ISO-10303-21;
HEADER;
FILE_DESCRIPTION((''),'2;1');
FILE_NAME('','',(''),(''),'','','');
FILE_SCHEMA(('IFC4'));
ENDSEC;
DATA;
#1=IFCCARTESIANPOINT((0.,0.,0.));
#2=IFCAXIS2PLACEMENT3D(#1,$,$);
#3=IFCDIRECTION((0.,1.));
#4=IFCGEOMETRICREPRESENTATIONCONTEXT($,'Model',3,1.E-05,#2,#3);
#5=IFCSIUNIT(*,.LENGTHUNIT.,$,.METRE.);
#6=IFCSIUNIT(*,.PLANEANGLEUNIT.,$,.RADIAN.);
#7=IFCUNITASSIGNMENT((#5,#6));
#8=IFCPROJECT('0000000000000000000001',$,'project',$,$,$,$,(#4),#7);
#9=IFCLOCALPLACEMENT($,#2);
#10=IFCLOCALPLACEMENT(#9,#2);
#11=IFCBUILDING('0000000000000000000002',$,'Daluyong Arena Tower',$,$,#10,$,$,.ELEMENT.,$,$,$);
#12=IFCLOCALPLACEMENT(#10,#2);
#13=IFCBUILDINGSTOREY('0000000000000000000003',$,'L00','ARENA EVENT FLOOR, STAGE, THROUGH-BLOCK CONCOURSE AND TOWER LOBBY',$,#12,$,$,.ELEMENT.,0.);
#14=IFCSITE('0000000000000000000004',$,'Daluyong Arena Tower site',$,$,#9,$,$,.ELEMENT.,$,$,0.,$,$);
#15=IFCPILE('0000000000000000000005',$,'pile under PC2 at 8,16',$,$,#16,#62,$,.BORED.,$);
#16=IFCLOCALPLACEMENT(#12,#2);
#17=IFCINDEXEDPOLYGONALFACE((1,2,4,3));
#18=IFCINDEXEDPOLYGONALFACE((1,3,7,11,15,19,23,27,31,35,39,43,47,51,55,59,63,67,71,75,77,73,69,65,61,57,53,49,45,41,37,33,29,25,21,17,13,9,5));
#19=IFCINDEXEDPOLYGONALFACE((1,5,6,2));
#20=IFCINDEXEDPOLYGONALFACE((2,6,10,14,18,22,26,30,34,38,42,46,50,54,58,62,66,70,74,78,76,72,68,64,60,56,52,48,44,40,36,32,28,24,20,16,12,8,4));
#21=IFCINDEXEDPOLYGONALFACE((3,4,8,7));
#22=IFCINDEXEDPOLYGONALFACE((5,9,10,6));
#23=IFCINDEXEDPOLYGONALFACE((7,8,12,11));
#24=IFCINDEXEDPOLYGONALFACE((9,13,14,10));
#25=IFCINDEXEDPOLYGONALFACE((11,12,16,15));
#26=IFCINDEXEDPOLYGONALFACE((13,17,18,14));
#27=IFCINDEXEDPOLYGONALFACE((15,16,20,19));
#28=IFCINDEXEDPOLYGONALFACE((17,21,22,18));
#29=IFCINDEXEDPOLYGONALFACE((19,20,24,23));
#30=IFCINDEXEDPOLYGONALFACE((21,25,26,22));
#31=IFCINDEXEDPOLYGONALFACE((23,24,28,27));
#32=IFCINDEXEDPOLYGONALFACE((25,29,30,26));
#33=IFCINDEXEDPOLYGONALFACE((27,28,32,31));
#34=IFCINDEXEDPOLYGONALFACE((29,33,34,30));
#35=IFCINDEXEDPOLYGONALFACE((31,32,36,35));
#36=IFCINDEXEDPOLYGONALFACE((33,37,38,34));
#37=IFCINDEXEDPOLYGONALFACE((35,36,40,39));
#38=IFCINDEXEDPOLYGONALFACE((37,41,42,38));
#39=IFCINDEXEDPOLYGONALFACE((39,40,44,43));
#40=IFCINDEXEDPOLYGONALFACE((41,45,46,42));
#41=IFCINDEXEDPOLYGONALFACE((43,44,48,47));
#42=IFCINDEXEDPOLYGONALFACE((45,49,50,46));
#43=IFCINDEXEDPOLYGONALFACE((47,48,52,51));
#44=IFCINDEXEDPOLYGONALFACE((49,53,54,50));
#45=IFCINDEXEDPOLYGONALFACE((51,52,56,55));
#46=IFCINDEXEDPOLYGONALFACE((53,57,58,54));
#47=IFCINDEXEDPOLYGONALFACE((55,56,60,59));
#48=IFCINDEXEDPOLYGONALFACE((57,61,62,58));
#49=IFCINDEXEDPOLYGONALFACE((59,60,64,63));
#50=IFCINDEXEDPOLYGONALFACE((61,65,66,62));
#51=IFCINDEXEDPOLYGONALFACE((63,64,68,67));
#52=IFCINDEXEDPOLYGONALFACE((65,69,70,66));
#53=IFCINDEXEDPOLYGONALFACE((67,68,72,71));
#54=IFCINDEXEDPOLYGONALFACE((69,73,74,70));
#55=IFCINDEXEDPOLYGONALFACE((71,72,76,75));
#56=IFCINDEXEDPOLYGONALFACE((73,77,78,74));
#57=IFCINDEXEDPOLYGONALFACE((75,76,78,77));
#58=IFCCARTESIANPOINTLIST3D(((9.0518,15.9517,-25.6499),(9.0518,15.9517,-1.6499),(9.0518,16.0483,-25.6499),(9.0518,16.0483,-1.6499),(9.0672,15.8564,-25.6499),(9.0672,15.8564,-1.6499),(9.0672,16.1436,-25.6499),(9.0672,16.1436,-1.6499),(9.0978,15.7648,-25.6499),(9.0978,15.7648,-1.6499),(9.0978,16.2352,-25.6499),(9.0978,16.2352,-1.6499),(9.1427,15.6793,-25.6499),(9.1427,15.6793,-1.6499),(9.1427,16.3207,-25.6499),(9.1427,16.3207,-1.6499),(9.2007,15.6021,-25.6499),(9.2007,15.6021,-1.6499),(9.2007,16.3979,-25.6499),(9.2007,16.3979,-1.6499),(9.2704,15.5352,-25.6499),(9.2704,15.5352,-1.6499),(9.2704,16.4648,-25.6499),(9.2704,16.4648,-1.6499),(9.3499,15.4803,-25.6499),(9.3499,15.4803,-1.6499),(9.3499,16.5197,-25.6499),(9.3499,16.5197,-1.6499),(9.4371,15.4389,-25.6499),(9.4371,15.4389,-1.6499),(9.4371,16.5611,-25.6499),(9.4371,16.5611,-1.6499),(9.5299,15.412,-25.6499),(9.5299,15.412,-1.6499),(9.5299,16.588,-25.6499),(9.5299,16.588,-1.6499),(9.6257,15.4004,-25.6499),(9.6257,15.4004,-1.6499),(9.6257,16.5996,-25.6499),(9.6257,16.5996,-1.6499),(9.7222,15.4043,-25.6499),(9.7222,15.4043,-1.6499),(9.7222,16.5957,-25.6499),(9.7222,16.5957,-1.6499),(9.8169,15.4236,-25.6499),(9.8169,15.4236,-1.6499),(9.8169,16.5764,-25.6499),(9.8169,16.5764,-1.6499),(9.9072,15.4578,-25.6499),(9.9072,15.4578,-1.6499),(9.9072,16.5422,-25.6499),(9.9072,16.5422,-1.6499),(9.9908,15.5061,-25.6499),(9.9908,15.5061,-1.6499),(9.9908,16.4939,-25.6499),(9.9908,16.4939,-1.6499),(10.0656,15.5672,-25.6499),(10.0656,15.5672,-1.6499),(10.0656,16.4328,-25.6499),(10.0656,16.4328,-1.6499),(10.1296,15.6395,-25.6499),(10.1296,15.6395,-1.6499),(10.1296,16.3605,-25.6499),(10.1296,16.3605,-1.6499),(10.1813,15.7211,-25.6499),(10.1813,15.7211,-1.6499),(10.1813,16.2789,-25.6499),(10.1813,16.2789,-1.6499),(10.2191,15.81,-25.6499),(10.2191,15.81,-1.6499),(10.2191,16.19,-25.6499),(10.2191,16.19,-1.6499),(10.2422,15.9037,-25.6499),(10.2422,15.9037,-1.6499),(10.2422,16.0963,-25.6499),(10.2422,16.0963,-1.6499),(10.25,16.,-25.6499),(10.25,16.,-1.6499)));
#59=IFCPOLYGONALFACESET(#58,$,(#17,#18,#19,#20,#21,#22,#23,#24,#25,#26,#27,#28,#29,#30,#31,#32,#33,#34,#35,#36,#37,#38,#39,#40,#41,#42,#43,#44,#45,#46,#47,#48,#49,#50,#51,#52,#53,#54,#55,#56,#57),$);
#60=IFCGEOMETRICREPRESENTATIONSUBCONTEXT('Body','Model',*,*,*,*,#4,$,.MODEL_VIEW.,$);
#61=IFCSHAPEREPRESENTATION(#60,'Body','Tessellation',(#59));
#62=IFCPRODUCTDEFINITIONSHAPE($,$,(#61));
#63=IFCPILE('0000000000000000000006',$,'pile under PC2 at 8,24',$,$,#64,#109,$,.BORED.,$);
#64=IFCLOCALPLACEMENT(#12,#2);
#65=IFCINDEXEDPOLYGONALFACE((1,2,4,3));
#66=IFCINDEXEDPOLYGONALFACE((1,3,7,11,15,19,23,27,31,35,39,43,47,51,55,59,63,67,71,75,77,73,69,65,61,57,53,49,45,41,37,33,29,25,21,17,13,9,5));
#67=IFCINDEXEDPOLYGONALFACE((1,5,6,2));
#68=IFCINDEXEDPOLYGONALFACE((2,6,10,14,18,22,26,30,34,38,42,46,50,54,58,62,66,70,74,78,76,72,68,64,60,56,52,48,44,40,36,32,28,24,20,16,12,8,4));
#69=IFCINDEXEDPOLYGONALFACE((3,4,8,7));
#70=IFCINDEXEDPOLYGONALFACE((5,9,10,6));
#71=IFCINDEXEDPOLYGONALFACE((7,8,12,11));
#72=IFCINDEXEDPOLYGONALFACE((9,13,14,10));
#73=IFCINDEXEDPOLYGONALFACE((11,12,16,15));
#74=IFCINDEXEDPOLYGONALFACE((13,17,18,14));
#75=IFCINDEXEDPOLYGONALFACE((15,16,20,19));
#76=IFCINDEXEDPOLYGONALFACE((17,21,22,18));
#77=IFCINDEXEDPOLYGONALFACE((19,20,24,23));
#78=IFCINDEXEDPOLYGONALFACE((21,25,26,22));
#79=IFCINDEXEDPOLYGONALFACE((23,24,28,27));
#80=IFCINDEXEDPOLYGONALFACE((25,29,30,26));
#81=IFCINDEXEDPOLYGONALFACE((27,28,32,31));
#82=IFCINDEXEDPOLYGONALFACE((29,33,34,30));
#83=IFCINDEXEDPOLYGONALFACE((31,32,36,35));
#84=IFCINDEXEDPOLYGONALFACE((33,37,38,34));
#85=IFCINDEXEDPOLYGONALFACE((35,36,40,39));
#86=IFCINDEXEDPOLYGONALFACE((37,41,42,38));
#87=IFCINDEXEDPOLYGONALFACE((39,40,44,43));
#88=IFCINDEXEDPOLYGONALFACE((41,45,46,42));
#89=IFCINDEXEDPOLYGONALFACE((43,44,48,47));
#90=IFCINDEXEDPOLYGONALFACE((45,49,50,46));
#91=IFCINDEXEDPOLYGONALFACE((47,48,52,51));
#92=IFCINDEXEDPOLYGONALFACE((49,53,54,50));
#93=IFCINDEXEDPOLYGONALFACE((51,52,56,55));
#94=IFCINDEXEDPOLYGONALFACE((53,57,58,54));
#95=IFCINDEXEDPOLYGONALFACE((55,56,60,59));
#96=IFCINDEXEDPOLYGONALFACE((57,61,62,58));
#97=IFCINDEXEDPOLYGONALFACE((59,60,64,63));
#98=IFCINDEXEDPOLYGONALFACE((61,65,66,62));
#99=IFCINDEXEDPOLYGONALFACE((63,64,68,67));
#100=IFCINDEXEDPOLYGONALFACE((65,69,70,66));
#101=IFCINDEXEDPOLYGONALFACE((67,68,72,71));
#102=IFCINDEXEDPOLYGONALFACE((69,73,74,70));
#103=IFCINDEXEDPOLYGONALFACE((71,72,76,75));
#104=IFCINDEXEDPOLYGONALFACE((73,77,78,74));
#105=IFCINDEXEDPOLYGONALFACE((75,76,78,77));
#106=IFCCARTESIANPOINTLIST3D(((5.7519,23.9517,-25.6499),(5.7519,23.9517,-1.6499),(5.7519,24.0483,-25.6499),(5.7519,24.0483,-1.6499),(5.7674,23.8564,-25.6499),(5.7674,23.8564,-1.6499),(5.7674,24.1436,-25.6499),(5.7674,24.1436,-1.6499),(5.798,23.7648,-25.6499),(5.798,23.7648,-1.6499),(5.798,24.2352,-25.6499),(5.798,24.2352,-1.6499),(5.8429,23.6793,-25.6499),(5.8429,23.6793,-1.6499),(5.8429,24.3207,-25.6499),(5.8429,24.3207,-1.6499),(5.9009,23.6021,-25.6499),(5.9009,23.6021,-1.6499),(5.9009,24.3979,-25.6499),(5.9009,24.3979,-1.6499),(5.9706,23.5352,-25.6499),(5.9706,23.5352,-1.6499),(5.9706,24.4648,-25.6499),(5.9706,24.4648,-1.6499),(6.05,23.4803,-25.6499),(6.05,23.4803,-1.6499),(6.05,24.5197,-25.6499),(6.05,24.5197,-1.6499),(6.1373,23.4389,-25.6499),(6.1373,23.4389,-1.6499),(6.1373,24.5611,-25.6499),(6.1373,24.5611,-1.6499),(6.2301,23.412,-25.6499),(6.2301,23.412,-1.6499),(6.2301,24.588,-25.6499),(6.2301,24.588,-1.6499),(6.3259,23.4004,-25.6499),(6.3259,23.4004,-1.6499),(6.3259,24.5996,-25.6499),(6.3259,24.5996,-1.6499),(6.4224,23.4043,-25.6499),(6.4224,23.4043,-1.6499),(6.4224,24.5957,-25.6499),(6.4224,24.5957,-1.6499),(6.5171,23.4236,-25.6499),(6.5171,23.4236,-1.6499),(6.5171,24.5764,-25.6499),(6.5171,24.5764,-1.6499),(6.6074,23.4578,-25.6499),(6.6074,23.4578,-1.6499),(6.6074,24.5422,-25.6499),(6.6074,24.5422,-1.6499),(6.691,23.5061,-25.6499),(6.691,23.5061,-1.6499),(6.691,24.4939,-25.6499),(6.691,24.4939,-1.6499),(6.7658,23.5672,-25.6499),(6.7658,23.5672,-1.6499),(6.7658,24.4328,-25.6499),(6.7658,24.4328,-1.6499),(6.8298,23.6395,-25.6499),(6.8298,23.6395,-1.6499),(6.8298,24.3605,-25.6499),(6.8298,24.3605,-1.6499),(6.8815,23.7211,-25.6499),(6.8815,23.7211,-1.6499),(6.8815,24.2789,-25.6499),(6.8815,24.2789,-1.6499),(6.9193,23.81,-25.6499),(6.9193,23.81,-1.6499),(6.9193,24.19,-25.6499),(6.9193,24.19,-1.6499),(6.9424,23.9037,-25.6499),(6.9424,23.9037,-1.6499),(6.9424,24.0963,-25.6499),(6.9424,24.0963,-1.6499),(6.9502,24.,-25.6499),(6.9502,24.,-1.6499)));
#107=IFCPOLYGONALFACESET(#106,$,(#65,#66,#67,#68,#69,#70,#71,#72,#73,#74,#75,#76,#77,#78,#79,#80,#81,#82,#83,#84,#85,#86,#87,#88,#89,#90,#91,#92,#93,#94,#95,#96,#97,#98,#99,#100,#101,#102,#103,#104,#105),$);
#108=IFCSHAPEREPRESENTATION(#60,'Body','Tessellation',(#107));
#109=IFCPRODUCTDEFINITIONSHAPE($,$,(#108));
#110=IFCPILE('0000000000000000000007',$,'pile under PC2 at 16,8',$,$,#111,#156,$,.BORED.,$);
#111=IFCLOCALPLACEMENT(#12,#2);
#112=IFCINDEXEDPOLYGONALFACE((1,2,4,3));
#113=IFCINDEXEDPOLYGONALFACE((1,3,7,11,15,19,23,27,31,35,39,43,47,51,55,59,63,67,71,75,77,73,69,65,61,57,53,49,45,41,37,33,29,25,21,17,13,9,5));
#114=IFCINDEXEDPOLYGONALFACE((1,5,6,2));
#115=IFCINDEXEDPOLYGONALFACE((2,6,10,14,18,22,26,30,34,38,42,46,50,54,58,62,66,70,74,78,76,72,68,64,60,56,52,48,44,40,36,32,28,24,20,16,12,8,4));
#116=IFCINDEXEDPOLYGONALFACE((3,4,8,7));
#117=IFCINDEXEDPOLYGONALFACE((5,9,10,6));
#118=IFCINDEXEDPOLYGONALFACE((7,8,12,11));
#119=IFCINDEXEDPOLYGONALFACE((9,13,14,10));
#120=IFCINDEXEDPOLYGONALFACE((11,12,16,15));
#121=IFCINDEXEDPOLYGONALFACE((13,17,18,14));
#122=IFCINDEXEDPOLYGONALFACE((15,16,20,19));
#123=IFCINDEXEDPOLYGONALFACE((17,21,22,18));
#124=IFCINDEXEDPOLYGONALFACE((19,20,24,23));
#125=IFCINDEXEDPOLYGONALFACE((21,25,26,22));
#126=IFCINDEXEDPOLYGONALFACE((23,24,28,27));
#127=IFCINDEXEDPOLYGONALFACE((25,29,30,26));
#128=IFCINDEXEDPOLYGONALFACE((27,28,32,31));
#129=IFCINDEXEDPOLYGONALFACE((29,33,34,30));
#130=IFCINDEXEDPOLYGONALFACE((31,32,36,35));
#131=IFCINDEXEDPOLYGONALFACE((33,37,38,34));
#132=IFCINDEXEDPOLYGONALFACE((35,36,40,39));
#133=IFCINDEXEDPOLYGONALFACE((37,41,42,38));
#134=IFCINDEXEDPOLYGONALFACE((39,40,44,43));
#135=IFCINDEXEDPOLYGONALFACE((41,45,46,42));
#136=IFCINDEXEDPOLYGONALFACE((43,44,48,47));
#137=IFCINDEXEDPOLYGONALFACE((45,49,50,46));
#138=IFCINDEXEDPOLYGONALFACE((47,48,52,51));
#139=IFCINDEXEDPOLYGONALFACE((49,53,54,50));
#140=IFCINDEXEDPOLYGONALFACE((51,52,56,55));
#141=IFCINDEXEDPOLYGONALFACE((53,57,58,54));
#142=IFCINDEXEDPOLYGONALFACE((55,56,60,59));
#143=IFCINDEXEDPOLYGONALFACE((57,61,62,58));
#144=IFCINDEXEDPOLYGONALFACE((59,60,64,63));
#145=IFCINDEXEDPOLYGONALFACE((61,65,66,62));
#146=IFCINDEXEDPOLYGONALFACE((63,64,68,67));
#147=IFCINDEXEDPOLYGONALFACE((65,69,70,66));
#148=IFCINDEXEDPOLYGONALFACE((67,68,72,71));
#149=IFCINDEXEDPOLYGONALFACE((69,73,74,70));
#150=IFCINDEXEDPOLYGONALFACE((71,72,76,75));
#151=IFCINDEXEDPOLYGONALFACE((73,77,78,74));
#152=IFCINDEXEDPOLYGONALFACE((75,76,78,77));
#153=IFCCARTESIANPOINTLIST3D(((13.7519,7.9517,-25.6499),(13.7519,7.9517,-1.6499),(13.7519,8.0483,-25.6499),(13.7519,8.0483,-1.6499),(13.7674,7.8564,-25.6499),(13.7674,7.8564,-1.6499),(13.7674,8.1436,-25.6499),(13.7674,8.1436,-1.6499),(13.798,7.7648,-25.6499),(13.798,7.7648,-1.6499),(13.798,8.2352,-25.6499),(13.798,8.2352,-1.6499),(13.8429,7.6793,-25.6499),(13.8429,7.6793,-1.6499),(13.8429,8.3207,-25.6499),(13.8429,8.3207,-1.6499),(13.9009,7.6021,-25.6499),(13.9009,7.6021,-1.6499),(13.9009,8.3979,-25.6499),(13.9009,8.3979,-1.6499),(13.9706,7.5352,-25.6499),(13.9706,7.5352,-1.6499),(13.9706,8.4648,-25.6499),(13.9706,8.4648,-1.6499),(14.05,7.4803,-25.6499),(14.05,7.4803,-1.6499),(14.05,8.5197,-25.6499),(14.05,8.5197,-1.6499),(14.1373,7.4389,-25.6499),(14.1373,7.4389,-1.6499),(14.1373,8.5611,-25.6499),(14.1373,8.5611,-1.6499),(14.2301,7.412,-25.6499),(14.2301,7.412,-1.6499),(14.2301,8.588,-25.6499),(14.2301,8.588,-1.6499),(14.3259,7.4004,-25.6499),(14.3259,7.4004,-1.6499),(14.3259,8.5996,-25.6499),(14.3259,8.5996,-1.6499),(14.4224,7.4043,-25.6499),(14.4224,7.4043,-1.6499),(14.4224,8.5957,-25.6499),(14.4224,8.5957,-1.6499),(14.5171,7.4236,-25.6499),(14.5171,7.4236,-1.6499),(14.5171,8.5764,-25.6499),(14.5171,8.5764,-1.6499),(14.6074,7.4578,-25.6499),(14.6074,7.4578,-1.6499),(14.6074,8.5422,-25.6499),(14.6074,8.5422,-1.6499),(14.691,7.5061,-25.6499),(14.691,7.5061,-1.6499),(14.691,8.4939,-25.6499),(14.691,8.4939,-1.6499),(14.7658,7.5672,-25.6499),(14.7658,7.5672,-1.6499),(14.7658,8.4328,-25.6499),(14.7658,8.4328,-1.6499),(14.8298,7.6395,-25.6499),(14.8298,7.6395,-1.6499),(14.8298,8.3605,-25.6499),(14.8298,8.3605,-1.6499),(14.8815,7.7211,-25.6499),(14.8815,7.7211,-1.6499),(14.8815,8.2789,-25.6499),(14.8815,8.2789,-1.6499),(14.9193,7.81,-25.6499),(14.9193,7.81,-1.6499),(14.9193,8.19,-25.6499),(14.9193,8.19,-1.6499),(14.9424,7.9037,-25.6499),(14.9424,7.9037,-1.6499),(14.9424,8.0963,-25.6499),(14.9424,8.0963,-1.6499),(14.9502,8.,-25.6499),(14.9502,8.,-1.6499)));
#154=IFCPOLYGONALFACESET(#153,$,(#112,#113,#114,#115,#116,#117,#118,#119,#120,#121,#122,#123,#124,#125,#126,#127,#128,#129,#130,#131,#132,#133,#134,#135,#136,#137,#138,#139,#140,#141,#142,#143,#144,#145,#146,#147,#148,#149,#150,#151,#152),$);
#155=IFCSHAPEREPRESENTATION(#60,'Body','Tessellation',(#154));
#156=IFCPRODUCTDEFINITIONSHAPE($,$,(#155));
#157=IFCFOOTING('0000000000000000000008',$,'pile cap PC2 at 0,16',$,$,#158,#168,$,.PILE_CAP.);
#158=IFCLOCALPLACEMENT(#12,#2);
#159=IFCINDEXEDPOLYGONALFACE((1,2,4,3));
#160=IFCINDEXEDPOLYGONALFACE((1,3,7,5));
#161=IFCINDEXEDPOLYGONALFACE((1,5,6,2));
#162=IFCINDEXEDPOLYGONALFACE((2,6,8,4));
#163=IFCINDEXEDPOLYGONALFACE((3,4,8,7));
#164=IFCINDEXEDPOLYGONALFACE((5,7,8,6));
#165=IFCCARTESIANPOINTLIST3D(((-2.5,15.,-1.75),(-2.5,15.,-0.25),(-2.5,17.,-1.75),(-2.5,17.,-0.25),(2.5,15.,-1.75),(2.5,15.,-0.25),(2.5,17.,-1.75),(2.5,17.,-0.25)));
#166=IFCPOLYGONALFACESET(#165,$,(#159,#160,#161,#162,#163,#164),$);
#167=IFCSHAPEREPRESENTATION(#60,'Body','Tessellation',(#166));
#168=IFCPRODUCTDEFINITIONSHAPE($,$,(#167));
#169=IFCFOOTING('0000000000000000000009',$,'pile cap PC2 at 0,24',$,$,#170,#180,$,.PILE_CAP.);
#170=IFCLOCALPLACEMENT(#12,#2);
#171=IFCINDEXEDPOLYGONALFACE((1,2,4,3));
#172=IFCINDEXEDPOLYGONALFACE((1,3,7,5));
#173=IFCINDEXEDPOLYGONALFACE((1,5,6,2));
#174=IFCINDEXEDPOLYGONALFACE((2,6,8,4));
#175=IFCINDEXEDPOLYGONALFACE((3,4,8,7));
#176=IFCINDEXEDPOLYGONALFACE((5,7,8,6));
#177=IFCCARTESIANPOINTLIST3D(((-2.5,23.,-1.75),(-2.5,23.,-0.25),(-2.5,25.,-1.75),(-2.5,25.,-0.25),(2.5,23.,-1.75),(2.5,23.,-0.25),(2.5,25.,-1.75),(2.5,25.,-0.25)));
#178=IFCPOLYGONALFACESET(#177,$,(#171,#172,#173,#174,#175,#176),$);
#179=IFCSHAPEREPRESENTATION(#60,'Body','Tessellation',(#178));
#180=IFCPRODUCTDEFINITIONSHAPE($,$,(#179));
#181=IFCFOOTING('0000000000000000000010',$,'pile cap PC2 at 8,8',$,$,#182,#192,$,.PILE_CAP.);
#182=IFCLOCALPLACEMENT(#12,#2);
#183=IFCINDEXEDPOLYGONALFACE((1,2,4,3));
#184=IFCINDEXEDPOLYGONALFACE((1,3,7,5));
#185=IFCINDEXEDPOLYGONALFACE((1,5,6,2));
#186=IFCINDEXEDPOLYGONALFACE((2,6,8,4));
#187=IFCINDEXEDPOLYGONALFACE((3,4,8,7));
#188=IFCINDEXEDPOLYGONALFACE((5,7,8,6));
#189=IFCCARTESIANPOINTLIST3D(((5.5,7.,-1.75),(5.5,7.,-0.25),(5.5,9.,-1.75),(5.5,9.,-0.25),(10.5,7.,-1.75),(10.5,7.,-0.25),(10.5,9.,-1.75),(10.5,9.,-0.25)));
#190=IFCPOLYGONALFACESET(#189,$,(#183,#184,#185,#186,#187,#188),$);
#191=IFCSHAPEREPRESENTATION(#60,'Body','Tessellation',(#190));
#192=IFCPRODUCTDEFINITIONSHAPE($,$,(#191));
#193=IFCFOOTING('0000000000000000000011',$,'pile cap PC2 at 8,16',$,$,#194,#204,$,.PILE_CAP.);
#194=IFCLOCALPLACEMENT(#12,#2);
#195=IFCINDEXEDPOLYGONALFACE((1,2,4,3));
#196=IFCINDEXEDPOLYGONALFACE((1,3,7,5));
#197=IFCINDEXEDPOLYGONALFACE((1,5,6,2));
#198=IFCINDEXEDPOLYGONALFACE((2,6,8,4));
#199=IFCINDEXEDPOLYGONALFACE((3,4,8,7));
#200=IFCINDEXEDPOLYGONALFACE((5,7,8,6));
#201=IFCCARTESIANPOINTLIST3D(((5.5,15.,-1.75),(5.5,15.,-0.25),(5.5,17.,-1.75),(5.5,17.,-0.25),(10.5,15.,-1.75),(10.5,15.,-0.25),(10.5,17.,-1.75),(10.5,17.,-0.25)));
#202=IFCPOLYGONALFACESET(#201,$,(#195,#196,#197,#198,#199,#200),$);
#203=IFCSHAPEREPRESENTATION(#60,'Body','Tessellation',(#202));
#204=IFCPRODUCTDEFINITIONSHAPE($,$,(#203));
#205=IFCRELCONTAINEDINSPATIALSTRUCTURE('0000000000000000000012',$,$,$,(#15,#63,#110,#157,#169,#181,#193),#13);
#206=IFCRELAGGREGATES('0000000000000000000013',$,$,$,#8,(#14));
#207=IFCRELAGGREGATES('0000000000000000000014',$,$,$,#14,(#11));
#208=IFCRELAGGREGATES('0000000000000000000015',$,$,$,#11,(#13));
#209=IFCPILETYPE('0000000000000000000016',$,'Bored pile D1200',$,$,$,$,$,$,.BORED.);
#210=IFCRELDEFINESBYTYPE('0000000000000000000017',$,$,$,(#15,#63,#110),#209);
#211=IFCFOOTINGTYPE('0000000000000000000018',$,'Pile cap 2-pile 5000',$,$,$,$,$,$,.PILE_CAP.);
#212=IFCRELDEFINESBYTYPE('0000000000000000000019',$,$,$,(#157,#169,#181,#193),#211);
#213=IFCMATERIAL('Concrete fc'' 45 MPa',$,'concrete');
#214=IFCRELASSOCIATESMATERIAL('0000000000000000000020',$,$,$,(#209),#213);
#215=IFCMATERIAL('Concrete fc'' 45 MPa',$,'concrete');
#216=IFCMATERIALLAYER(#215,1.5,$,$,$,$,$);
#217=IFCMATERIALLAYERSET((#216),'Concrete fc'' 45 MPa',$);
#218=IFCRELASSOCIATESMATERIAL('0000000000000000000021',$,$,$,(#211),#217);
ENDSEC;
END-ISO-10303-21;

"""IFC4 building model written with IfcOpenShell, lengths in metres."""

from ifc_helpers import new_model, si_unit, direction, frame, origin, origin_2d, place, context, subcontext, project, spatial, rectangle, circle, extrude, material, layer, layer_set, type_object, element, save


model = new_model("IFC4")

# Units and contexts
model_context = context("Model", 3, precision=1e-05, world=origin(), true_north=direction((0.0, 1.0)))
body_context = subcontext(model_context, "Body", "Model", "MODEL_VIEW")
ifc_project = project(units=[si_unit("LENGTHUNIT", "METRE"), si_unit("PLANEANGLEUNIT", "RADIAN")], contexts=[model_context])

# Site, building, storey
site_placement = place(None, origin())
site = spatial("IfcSite", under=ifc_project, at=site_placement, Name="Daluyong Arena Tower site", CompositionType="ELEMENT", RefElevation=0.0)
building_placement = place(site_placement, origin())
building = spatial("IfcBuilding", under=site, at=building_placement, Name="Daluyong Arena Tower", CompositionType="ELEMENT")
storey_placement = place(building_placement, origin())
storey = spatial("IfcBuildingStorey", under=building, at=storey_placement, Name="L00", Description="ARENA EVENT FLOOR, STAGE, THROUGH-BLOCK CONCOURSE AND TOWER LOBBY", CompositionType="ELEMENT", Elevation=0.0)

# Piles
ifc_material_1 = material(Name="Concrete fc' 45 MPa", Category="concrete")
pile_type = type_object("IfcPileType", Name="Bored pile D1200", PredefinedType="BORED", material=ifc_material_1)
for number, where, z_axis, x_axis, name in (
    (1, (9.6499, 16.0, -1.6499), (0.0, 0.0, -1.0), (1.0, 0.0, 0.0), "pile under PC2 at 8,16"),
    (2, (6.3501, 24.0, -1.6499), (0.0, 0.0, -1.0), (1.0, 0.0, 0.0), "pile under PC2 at 8,24"),
    (3, (14.3501, 8.0, -1.6499), (0.0, 0.0, -1.0), (1.0, 0.0, 0.0), "pile under PC2 at 16,8"),
):
    element("IfcPile", number, at=place(storey_placement, frame(where, z_axis=z_axis, x_axis=x_axis)), inside=storey, type_object=pile_type, Name=name, PredefinedType="BORED", context=body_context, shape_type="SweptSolid", body=[
        extrude(circle(Radius=0.6001, at=origin_2d()), origin(), (0.0, 0.0, 1.0), 24.0),
    ])

# Footings
ifc_material_2 = material(Name="Concrete fc' 45 MPa", Category="concrete")
ifc_layer_1 = layer(ifc_material_2, 1.5)
ifc_layer_set_1 = layer_set([ifc_layer_1], Name="Concrete fc' 45 MPa")
footing_type = type_object("IfcFootingType", Name="Pile cap 2-pile 5000", PredefinedType="PILE_CAP", material=ifc_layer_set_1)
for number, where, z_axis, x_axis, name in (
    (4, (0.0, 16.0, -1.75), (0.0, 0.0, 1.0), (1.0, 0.0, 0.0), "pile cap PC2 at 0,16"),
    (5, (0.0, 24.0, -1.75), (0.0, 0.0, 1.0), (1.0, 0.0, 0.0), "pile cap PC2 at 0,24"),
    (6, (8.0, 8.0, -1.75), (0.0, 0.0, 1.0), (1.0, 0.0, 0.0), "pile cap PC2 at 8,8"),
    (7, (8.0, 16.0, -1.75), (0.0, 0.0, 1.0), (1.0, 0.0, 0.0), "pile cap PC2 at 8,16"),
):
    element("IfcFooting", number, at=place(storey_placement, frame(where, z_axis=z_axis, x_axis=x_axis)), inside=storey, type_object=footing_type, Name=name, PredefinedType="PILE_CAP", context=body_context, shape_type="SweptSolid", body=[
        extrude(rectangle(XDim=5.0, YDim=2.0, at=origin_2d()), origin(), (0.0, 0.0, 1.0), 1.5),
    ])

save(model, "model.ifc")
